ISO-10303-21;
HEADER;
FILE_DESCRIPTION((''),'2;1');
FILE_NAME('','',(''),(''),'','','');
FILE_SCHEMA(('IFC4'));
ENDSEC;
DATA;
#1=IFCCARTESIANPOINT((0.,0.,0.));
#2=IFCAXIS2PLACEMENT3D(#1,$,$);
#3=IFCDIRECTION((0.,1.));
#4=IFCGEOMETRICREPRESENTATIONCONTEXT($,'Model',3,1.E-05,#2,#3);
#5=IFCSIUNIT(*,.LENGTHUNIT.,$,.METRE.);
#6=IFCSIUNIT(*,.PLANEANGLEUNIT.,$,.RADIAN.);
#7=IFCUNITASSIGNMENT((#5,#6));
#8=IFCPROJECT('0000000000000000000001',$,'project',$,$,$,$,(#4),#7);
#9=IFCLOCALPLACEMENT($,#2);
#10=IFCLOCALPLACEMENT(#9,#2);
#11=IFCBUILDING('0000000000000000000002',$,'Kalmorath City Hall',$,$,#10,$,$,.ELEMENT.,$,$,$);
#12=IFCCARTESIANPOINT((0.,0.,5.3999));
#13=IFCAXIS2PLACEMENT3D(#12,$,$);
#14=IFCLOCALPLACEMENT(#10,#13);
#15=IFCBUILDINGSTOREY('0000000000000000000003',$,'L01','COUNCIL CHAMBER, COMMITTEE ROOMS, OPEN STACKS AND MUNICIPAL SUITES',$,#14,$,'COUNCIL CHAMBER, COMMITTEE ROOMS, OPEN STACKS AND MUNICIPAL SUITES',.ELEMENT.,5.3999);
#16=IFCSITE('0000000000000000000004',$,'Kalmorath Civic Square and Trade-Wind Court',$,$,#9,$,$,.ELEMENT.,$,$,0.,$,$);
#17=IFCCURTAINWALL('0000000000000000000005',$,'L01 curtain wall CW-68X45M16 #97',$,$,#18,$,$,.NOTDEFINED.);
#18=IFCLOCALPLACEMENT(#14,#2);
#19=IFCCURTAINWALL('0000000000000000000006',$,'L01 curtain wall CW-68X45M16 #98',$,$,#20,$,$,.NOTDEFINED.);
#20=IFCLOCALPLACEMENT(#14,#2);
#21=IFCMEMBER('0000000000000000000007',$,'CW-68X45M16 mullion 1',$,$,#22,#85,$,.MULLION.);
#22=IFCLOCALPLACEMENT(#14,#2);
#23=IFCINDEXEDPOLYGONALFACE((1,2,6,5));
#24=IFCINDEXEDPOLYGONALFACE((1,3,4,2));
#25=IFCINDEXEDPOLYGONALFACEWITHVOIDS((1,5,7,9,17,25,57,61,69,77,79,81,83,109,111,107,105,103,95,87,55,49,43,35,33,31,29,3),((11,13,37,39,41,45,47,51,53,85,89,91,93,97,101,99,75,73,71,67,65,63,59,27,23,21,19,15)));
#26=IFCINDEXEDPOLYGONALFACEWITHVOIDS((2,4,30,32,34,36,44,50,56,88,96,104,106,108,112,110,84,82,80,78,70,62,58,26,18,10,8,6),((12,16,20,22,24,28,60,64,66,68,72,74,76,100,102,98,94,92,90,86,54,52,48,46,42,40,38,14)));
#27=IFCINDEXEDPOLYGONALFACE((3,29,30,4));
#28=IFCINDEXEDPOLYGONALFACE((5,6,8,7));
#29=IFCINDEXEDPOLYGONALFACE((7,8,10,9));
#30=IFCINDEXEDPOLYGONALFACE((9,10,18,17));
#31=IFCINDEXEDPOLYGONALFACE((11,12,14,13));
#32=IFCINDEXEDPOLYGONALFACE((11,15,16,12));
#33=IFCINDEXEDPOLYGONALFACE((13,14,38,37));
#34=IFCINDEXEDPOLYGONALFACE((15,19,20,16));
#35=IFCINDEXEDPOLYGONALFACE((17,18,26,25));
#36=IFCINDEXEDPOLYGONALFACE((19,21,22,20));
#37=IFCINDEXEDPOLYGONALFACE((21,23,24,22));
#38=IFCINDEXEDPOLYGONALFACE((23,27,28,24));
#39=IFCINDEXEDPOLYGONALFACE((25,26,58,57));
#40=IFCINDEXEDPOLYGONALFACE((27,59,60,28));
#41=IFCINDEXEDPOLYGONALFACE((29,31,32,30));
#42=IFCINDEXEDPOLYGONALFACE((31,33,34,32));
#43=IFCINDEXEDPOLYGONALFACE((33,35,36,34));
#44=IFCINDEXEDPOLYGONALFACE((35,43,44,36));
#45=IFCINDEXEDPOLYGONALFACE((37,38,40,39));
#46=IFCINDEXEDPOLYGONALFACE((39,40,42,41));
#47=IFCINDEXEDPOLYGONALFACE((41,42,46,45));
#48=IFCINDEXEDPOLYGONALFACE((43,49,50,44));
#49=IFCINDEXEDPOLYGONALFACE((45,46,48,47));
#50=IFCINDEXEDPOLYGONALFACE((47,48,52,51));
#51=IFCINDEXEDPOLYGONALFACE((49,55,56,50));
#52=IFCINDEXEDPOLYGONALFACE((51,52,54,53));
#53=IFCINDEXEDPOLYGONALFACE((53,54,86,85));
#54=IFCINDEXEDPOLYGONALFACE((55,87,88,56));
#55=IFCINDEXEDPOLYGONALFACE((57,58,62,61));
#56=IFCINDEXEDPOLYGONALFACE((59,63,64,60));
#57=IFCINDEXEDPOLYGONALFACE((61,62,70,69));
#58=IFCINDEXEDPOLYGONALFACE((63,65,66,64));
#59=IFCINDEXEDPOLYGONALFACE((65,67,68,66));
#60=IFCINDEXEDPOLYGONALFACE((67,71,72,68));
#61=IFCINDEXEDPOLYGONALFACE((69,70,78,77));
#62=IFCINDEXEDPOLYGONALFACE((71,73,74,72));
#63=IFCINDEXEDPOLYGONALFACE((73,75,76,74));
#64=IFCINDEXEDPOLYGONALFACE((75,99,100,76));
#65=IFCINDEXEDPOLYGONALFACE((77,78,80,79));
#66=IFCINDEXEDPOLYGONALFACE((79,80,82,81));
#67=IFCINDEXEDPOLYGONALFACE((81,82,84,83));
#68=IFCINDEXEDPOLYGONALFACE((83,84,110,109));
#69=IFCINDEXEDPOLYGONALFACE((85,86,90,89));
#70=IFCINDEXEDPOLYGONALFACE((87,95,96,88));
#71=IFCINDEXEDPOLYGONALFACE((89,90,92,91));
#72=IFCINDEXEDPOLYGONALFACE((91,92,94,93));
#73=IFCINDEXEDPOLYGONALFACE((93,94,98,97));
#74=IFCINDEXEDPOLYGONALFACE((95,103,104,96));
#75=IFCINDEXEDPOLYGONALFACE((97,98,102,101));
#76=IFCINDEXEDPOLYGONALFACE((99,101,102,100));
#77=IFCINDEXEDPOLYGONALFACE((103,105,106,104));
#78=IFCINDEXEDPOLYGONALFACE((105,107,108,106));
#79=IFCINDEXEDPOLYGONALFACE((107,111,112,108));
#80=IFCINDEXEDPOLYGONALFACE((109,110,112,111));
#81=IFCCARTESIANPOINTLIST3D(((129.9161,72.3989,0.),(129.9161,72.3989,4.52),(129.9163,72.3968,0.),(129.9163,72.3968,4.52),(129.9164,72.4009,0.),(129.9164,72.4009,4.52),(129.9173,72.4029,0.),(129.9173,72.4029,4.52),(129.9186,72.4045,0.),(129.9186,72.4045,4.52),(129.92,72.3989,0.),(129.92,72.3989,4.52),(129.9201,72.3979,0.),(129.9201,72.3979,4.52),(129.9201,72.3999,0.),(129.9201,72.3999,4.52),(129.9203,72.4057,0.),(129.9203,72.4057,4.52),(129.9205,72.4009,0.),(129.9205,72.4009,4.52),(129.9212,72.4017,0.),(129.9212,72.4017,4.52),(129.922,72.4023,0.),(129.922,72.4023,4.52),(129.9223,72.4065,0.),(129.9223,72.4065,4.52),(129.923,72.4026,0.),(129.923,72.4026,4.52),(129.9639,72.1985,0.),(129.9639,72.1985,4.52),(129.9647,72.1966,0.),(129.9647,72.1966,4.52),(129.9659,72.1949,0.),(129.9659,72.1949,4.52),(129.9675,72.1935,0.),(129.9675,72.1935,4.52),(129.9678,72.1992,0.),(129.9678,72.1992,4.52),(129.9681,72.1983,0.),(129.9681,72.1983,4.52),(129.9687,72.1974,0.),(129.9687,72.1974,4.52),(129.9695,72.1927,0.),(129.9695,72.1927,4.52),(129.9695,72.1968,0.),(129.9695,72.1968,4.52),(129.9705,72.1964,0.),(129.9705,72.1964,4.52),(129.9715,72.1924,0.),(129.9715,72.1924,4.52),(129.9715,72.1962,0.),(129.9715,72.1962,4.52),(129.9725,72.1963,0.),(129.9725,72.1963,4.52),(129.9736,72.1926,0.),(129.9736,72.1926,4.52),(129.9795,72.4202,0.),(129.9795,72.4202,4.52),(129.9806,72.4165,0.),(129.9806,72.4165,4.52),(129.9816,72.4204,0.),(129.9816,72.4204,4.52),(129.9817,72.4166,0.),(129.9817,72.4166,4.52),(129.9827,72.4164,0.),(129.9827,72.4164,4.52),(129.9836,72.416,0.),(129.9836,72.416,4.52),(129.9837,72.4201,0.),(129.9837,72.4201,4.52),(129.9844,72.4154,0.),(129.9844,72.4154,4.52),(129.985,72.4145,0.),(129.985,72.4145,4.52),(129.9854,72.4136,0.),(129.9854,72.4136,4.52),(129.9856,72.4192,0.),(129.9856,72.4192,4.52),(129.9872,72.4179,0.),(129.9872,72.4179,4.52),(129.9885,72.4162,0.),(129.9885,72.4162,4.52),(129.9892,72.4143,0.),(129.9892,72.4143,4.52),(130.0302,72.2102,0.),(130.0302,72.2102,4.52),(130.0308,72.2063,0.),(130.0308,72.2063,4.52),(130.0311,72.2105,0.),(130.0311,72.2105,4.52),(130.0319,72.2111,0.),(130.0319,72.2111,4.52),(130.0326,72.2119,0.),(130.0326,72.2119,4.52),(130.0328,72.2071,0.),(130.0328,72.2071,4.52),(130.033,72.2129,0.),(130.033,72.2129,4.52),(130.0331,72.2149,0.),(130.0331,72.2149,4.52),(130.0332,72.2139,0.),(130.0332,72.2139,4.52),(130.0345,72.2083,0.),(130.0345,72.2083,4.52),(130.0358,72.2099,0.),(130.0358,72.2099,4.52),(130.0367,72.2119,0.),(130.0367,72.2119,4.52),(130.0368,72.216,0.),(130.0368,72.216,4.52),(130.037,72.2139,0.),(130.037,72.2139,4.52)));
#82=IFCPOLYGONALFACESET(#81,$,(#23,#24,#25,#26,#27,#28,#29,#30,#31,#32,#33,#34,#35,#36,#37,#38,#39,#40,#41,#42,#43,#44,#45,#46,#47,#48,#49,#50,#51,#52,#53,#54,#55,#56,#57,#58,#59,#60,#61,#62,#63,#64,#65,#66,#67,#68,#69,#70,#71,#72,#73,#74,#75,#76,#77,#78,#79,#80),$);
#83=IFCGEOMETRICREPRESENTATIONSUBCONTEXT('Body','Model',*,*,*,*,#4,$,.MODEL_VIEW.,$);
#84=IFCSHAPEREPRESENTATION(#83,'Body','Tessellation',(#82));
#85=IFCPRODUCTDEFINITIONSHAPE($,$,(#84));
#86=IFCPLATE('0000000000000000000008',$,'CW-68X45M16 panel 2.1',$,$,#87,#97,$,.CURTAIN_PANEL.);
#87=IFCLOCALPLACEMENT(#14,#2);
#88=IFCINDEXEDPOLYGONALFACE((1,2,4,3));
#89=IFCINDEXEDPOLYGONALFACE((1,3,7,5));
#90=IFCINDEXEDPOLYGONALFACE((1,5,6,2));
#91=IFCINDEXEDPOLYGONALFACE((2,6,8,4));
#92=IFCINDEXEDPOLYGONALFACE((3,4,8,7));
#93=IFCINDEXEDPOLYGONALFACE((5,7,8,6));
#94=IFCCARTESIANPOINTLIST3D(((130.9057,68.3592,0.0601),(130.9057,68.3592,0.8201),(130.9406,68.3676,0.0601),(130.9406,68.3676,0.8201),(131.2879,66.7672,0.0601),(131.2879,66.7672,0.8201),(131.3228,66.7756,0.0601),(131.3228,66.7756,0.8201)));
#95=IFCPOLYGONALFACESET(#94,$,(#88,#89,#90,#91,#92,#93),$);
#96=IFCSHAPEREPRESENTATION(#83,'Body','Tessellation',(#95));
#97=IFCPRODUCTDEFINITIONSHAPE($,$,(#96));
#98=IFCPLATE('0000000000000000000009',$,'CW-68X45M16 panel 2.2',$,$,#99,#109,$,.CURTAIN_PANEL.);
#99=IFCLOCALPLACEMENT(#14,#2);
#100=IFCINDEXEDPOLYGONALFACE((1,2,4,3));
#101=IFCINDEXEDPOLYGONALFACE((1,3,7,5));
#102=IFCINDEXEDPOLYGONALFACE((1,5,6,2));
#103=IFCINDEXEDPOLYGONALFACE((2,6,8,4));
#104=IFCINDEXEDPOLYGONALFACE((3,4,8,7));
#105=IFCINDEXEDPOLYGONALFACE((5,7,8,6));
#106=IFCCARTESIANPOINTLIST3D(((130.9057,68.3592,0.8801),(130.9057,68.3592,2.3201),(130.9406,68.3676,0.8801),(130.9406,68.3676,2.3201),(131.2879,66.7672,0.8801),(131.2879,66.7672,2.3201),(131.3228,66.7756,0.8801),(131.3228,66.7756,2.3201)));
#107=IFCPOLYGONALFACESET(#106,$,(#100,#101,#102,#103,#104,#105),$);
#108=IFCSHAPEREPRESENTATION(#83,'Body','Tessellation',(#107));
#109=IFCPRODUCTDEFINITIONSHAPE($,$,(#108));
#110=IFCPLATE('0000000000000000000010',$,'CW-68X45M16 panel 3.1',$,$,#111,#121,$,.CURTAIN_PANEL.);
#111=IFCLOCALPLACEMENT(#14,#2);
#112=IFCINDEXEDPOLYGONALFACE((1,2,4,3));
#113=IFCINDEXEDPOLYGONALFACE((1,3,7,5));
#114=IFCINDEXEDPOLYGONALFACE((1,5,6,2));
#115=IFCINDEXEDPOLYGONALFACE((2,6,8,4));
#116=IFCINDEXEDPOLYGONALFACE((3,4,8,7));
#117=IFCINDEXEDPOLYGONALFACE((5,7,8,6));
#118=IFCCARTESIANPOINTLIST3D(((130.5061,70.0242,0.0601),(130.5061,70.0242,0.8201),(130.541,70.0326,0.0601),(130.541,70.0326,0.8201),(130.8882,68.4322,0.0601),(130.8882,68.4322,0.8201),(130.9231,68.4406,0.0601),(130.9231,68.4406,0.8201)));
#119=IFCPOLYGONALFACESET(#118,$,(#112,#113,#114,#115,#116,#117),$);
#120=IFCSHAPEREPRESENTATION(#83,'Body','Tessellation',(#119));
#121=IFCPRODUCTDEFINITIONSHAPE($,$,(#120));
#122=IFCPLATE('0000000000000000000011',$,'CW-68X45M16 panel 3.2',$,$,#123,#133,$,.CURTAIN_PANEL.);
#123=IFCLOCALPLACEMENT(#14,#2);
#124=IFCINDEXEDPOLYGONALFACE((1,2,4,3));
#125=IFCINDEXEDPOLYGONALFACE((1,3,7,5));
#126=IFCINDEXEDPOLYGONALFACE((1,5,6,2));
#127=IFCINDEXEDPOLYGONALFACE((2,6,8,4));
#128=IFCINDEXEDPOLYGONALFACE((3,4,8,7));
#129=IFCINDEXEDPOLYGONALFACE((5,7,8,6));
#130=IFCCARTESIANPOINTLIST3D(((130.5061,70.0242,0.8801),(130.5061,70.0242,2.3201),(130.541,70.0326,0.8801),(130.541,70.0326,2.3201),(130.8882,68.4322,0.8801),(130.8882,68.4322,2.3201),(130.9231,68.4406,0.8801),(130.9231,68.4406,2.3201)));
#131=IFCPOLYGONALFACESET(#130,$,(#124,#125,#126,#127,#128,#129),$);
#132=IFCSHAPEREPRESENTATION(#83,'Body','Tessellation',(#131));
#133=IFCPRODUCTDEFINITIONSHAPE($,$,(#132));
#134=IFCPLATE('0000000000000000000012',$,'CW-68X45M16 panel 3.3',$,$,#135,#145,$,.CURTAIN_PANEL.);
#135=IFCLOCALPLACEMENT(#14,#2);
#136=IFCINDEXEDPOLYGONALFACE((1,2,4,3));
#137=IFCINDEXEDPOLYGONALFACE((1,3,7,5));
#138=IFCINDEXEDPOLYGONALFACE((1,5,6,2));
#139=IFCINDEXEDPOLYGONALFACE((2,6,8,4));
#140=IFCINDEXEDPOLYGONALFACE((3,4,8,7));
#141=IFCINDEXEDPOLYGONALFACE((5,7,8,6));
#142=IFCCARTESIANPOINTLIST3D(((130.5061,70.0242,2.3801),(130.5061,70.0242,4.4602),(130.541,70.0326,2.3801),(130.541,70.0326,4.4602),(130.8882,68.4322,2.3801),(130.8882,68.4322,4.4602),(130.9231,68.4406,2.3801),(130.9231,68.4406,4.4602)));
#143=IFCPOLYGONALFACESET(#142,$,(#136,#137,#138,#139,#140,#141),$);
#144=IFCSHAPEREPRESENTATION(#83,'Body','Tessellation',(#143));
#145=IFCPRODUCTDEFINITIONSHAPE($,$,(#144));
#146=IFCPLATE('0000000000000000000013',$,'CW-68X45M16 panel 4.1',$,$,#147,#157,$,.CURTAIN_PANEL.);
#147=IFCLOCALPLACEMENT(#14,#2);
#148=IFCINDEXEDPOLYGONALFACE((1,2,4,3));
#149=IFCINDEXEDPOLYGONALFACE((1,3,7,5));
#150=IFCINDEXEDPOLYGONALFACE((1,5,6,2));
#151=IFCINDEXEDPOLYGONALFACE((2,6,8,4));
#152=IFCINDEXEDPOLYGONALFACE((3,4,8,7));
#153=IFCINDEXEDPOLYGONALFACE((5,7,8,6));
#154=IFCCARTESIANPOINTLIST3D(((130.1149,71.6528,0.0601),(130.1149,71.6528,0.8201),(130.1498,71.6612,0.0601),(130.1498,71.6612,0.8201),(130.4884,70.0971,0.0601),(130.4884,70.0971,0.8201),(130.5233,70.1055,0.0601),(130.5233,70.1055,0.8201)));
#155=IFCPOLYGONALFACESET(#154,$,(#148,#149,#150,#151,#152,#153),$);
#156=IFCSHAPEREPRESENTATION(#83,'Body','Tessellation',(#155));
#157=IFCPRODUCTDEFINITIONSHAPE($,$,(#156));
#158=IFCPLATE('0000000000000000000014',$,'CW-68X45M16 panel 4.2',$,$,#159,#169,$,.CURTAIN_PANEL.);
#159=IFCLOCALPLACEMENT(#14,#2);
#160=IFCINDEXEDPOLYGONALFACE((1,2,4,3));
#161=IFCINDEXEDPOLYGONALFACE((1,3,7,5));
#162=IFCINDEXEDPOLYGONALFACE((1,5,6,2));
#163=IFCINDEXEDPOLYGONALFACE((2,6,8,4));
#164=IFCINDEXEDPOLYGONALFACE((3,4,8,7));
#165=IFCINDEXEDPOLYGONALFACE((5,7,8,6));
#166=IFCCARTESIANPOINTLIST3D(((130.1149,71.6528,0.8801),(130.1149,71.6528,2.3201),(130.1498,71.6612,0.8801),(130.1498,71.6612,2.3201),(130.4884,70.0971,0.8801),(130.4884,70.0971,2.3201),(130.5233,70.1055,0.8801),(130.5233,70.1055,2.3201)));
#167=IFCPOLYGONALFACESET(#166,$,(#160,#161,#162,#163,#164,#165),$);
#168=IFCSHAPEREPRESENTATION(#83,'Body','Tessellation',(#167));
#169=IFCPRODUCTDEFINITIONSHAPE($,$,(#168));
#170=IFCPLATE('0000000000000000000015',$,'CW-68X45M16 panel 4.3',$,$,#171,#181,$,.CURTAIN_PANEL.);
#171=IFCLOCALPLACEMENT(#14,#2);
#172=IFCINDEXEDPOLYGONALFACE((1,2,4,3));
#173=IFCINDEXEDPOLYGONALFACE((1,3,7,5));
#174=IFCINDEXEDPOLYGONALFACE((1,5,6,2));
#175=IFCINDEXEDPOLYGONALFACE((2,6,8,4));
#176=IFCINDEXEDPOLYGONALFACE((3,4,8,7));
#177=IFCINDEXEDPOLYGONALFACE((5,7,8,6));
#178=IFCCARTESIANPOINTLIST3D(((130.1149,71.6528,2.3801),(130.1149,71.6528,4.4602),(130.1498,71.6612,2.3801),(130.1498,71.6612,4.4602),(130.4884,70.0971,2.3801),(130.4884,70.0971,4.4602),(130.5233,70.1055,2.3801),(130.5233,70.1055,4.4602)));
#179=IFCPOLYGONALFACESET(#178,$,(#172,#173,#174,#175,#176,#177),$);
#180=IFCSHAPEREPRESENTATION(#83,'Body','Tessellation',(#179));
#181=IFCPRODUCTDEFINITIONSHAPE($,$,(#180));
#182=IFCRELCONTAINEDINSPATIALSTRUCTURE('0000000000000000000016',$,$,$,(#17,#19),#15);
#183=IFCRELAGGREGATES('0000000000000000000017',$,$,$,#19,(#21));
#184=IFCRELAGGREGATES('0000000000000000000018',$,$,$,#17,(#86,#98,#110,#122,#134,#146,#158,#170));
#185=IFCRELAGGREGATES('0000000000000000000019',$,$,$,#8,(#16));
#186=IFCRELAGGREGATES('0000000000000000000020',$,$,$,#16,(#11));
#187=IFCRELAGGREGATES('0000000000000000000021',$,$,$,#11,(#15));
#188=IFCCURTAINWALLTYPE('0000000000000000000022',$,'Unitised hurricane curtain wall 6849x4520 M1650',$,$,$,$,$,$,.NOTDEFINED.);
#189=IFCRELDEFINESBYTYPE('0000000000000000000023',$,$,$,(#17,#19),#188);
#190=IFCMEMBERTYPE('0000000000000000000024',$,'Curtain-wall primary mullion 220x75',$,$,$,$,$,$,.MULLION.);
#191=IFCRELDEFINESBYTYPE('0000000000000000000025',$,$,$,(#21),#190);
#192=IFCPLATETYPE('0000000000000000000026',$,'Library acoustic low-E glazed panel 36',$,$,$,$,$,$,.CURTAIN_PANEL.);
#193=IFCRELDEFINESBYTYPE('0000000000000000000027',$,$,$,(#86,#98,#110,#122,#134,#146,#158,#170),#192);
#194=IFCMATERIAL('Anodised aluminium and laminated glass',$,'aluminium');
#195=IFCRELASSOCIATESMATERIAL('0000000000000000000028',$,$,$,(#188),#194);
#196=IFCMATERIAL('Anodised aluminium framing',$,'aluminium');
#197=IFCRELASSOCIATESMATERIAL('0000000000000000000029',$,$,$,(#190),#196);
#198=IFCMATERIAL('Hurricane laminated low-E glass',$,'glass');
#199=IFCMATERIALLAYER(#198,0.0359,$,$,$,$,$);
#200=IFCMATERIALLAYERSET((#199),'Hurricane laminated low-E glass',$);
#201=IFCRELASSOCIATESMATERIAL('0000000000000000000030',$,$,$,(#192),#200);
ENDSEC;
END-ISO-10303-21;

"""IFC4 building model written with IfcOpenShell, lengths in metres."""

from ifc_helpers import new_model, si_unit, direction, frame, origin, origin_2d, place, context, subcontext, project, spatial, rectangle, hollow_rectangle, extrude, material, layer, layer_set, material_profile, profile_set, type_object, element, aggregate, save


model = new_model("IFC4")

# Units and contexts
model_context = context("Model", 3, precision=1e-05, world=origin(), true_north=direction((0.0, 1.0)))
body_context = subcontext(model_context, "Body", "Model", "MODEL_VIEW")
ifc_project = project(units=[si_unit("LENGTHUNIT", "METRE"), si_unit("PLANEANGLEUNIT", "RADIAN")], contexts=[model_context])

# Site, building, storey
site_placement = place(None, origin())
site = spatial("IfcSite", under=ifc_project, at=site_placement, Name="Kalmorath Civic Square and Trade-Wind Court", CompositionType="ELEMENT", RefElevation=0.0)
building_placement = place(site_placement, origin())
building = spatial("IfcBuilding", under=site, at=building_placement, Name="Kalmorath City Hall", CompositionType="ELEMENT")
storey_placement = place(building_placement, frame((0.0, 0.0, 5.3999)))
storey = spatial("IfcBuildingStorey", under=building, at=storey_placement, Name="L01", Description="COUNCIL CHAMBER, COMMITTEE ROOMS, OPEN STACKS AND MUNICIPAL SUITES", LongName="COUNCIL CHAMBER, COMMITTEE ROOMS, OPEN STACKS AND MUNICIPAL SUITES", CompositionType="ELEMENT", Elevation=5.3999)

# Curtain walls
ifc_material_1 = material(Name="Anodised aluminium and laminated glass", Category="aluminium")
curtain_wall_type = type_object("IfcCurtainWallType", Name="Unitised hurricane curtain wall 6849x4520 M1650", PredefinedType="NOTDEFINED", material=ifc_material_1)
curtain_wall_1_placement = place(storey_placement, origin())
curtain_wall_1 = element("IfcCurtainWall", 1, at=curtain_wall_1_placement, inside=storey, type_object=curtain_wall_type, Name="L01 curtain wall CW-68X45M16 #97", PredefinedType="NOTDEFINED")
curtain_wall_2_placement = place(storey_placement, origin())
curtain_wall_2 = element("IfcCurtainWall", 2, at=curtain_wall_2_placement, inside=storey, type_object=curtain_wall_type, Name="L01 curtain wall CW-68X45M16 #98", PredefinedType="NOTDEFINED")

# Member
ifc_material_2 = material(Name="Anodised aluminium framing", Category="aluminium")
ifc_material_profile_1 = material_profile(ifc_material_2, hollow_rectangle(XDim=0.075, YDim=0.22, WallThickness=0.0039, InnerFilletRadius=0.0039, OuterFilletRadius=0.0081, at=origin_2d()), Name="ALU-MUL-220X75X4")
ifc_profile_set_1 = profile_set([ifc_material_profile_1], Name="Anodised aluminium framing")
member_type_1 = type_object("IfcMemberType", Name="Curtain-wall primary mullion 220x75", PredefinedType="MULLION", material=ifc_profile_set_1)
member_1_placement = place(storey_placement, frame((129.9766, 72.3064, 0.0), z_axis=(0.0, 0.0, 1.0), x_axis=(-0.972367, -0.233456, 0.0)))
member_1 = element("IfcMember", 3, at=member_1_placement, type_object=member_type_1, Name="CW-68X45M16 mullion 1", PredefinedType="MULLION", context=body_context, shape_type="SweptSolid", body=[
    extrude(hollow_rectangle(XDim=0.075, YDim=0.22, WallThickness=0.0039, InnerFilletRadius=0.0039, OuterFilletRadius=0.0081, at=origin_2d()), origin(), (0.0, 0.0, 1.0), 4.52),
])
aggregate(curtain_wall_2, [member_1])

# Plates
ifc_material_3 = material(Name="Hurricane laminated low-E glass", Category="glass")
ifc_layer_1 = layer(ifc_material_3, 0.0359)
ifc_layer_set_1 = layer_set([ifc_layer_1], Name="Hurricane laminated low-E glass")
plate_type = type_object("IfcPlateType", Name="Library acoustic low-E glazed panel 36", PredefinedType="CURTAIN_PANEL", material=ifc_layer_set_1)
plate_1_placement = place(storey_placement, frame((131.1143, 67.5674, 0.0601), z_axis=(0.0, 0.0, 1.0), x_axis=(-0.233442, 0.972371, 0.0)))
plate_1 = element("IfcPlate", 4, at=plate_1_placement, type_object=plate_type, Name="CW-68X45M16 panel 2.1", PredefinedType="CURTAIN_PANEL", context=body_context, shape_type="SweptSolid", body=[
    extrude(rectangle(XDim=1.6372, YDim=0.0359, at=origin_2d()), origin(), (0.0, 0.0, 1.0), 0.76),
])
plate_2_placement = place(storey_placement, frame((131.1143, 67.5674, 0.8801), z_axis=(0.0, 0.0, 1.0), x_axis=(-0.233442, 0.972371, 0.0)))
plate_2 = element("IfcPlate", 5, at=plate_2_placement, type_object=plate_type, Name="CW-68X45M16 panel 2.2", PredefinedType="CURTAIN_PANEL", context=body_context, shape_type="SweptSolid", body=[
    extrude(rectangle(XDim=1.6372, YDim=0.0359, at=origin_2d()), origin(), (0.0, 0.0, 1.0), 1.4399),
])
plate_3_placement = place(storey_placement, frame((130.7146, 69.2324, 0.0601), z_axis=(0.0, 0.0, 1.0), x_axis=(-0.233442, 0.972371, 0.0)))
plate_3 = element("IfcPlate", 6, at=plate_3_placement, type_object=plate_type, Name="CW-68X45M16 panel 3.1", PredefinedType="CURTAIN_PANEL", context=body_context, shape_type="SweptSolid", body=[
    extrude(rectangle(XDim=1.6372, YDim=0.0359, at=origin_2d()), origin(), (0.0, 0.0, 1.0), 0.76),
])
plate_4_placement = place(storey_placement, frame((130.7146, 69.2324, 0.8801), z_axis=(0.0, 0.0, 1.0), x_axis=(-0.233442, 0.972371, 0.0)))
plate_4 = element("IfcPlate", 7, at=plate_4_placement, type_object=plate_type, Name="CW-68X45M16 panel 3.2", PredefinedType="CURTAIN_PANEL", context=body_context, shape_type="SweptSolid", body=[
    extrude(rectangle(XDim=1.6372, YDim=0.0359, at=origin_2d()), origin(), (0.0, 0.0, 1.0), 1.4399),
])
plate_5_placement = place(storey_placement, frame((130.7146, 69.2324, 2.3801), z_axis=(0.0, 0.0, 1.0), x_axis=(-0.233442, 0.972371, 0.0)))
plate_5 = element("IfcPlate", 8, at=plate_5_placement, type_object=plate_type, Name="CW-68X45M16 panel 3.3", PredefinedType="CURTAIN_PANEL", context=body_context, shape_type="SweptSolid", body=[
    extrude(rectangle(XDim=1.6372, YDim=0.0359, at=origin_2d()), origin(), (0.0, 0.0, 1.0), 2.0801),
])
plate_6_placement = place(storey_placement, frame((130.3191, 70.8792, 0.0601), z_axis=(0.0, 0.0, 1.0), x_axis=(-0.233442, 0.972371, 0.0)))
plate_6 = element("IfcPlate", 9, at=plate_6_placement, type_object=plate_type, Name="CW-68X45M16 panel 4.1", PredefinedType="CURTAIN_PANEL", context=body_context, shape_type="SweptSolid", body=[
    extrude(rectangle(XDim=1.5999, YDim=0.0359, at=origin_2d()), origin(), (0.0, 0.0, 1.0), 0.76),
])
plate_7_placement = place(storey_placement, frame((130.3191, 70.8792, 0.8801), z_axis=(0.0, 0.0, 1.0), x_axis=(-0.233442, 0.972371, 0.0)))
plate_7 = element("IfcPlate", 10, at=plate_7_placement, type_object=plate_type, Name="CW-68X45M16 panel 4.2", PredefinedType="CURTAIN_PANEL", context=body_context, shape_type="SweptSolid", body=[
    extrude(rectangle(XDim=1.5999, YDim=0.0359, at=origin_2d()), origin(), (0.0, 0.0, 1.0), 1.4399),
])
plate_8_placement = place(storey_placement, frame((130.3191, 70.8792, 2.3801), z_axis=(0.0, 0.0, 1.0), x_axis=(-0.233442, 0.972371, 0.0)))
plate_8 = element("IfcPlate", 11, at=plate_8_placement, type_object=plate_type, Name="CW-68X45M16 panel 4.3", PredefinedType="CURTAIN_PANEL", context=body_context, shape_type="SweptSolid", body=[
    extrude(rectangle(XDim=1.5999, YDim=0.0359, at=origin_2d()), origin(), (0.0, 0.0, 1.0), 2.0801),
])
aggregate(curtain_wall_1, [plate_1, plate_2, plate_3, plate_4, plate_5, plate_6, plate_7, plate_8])

save(model, "model.ifc")
